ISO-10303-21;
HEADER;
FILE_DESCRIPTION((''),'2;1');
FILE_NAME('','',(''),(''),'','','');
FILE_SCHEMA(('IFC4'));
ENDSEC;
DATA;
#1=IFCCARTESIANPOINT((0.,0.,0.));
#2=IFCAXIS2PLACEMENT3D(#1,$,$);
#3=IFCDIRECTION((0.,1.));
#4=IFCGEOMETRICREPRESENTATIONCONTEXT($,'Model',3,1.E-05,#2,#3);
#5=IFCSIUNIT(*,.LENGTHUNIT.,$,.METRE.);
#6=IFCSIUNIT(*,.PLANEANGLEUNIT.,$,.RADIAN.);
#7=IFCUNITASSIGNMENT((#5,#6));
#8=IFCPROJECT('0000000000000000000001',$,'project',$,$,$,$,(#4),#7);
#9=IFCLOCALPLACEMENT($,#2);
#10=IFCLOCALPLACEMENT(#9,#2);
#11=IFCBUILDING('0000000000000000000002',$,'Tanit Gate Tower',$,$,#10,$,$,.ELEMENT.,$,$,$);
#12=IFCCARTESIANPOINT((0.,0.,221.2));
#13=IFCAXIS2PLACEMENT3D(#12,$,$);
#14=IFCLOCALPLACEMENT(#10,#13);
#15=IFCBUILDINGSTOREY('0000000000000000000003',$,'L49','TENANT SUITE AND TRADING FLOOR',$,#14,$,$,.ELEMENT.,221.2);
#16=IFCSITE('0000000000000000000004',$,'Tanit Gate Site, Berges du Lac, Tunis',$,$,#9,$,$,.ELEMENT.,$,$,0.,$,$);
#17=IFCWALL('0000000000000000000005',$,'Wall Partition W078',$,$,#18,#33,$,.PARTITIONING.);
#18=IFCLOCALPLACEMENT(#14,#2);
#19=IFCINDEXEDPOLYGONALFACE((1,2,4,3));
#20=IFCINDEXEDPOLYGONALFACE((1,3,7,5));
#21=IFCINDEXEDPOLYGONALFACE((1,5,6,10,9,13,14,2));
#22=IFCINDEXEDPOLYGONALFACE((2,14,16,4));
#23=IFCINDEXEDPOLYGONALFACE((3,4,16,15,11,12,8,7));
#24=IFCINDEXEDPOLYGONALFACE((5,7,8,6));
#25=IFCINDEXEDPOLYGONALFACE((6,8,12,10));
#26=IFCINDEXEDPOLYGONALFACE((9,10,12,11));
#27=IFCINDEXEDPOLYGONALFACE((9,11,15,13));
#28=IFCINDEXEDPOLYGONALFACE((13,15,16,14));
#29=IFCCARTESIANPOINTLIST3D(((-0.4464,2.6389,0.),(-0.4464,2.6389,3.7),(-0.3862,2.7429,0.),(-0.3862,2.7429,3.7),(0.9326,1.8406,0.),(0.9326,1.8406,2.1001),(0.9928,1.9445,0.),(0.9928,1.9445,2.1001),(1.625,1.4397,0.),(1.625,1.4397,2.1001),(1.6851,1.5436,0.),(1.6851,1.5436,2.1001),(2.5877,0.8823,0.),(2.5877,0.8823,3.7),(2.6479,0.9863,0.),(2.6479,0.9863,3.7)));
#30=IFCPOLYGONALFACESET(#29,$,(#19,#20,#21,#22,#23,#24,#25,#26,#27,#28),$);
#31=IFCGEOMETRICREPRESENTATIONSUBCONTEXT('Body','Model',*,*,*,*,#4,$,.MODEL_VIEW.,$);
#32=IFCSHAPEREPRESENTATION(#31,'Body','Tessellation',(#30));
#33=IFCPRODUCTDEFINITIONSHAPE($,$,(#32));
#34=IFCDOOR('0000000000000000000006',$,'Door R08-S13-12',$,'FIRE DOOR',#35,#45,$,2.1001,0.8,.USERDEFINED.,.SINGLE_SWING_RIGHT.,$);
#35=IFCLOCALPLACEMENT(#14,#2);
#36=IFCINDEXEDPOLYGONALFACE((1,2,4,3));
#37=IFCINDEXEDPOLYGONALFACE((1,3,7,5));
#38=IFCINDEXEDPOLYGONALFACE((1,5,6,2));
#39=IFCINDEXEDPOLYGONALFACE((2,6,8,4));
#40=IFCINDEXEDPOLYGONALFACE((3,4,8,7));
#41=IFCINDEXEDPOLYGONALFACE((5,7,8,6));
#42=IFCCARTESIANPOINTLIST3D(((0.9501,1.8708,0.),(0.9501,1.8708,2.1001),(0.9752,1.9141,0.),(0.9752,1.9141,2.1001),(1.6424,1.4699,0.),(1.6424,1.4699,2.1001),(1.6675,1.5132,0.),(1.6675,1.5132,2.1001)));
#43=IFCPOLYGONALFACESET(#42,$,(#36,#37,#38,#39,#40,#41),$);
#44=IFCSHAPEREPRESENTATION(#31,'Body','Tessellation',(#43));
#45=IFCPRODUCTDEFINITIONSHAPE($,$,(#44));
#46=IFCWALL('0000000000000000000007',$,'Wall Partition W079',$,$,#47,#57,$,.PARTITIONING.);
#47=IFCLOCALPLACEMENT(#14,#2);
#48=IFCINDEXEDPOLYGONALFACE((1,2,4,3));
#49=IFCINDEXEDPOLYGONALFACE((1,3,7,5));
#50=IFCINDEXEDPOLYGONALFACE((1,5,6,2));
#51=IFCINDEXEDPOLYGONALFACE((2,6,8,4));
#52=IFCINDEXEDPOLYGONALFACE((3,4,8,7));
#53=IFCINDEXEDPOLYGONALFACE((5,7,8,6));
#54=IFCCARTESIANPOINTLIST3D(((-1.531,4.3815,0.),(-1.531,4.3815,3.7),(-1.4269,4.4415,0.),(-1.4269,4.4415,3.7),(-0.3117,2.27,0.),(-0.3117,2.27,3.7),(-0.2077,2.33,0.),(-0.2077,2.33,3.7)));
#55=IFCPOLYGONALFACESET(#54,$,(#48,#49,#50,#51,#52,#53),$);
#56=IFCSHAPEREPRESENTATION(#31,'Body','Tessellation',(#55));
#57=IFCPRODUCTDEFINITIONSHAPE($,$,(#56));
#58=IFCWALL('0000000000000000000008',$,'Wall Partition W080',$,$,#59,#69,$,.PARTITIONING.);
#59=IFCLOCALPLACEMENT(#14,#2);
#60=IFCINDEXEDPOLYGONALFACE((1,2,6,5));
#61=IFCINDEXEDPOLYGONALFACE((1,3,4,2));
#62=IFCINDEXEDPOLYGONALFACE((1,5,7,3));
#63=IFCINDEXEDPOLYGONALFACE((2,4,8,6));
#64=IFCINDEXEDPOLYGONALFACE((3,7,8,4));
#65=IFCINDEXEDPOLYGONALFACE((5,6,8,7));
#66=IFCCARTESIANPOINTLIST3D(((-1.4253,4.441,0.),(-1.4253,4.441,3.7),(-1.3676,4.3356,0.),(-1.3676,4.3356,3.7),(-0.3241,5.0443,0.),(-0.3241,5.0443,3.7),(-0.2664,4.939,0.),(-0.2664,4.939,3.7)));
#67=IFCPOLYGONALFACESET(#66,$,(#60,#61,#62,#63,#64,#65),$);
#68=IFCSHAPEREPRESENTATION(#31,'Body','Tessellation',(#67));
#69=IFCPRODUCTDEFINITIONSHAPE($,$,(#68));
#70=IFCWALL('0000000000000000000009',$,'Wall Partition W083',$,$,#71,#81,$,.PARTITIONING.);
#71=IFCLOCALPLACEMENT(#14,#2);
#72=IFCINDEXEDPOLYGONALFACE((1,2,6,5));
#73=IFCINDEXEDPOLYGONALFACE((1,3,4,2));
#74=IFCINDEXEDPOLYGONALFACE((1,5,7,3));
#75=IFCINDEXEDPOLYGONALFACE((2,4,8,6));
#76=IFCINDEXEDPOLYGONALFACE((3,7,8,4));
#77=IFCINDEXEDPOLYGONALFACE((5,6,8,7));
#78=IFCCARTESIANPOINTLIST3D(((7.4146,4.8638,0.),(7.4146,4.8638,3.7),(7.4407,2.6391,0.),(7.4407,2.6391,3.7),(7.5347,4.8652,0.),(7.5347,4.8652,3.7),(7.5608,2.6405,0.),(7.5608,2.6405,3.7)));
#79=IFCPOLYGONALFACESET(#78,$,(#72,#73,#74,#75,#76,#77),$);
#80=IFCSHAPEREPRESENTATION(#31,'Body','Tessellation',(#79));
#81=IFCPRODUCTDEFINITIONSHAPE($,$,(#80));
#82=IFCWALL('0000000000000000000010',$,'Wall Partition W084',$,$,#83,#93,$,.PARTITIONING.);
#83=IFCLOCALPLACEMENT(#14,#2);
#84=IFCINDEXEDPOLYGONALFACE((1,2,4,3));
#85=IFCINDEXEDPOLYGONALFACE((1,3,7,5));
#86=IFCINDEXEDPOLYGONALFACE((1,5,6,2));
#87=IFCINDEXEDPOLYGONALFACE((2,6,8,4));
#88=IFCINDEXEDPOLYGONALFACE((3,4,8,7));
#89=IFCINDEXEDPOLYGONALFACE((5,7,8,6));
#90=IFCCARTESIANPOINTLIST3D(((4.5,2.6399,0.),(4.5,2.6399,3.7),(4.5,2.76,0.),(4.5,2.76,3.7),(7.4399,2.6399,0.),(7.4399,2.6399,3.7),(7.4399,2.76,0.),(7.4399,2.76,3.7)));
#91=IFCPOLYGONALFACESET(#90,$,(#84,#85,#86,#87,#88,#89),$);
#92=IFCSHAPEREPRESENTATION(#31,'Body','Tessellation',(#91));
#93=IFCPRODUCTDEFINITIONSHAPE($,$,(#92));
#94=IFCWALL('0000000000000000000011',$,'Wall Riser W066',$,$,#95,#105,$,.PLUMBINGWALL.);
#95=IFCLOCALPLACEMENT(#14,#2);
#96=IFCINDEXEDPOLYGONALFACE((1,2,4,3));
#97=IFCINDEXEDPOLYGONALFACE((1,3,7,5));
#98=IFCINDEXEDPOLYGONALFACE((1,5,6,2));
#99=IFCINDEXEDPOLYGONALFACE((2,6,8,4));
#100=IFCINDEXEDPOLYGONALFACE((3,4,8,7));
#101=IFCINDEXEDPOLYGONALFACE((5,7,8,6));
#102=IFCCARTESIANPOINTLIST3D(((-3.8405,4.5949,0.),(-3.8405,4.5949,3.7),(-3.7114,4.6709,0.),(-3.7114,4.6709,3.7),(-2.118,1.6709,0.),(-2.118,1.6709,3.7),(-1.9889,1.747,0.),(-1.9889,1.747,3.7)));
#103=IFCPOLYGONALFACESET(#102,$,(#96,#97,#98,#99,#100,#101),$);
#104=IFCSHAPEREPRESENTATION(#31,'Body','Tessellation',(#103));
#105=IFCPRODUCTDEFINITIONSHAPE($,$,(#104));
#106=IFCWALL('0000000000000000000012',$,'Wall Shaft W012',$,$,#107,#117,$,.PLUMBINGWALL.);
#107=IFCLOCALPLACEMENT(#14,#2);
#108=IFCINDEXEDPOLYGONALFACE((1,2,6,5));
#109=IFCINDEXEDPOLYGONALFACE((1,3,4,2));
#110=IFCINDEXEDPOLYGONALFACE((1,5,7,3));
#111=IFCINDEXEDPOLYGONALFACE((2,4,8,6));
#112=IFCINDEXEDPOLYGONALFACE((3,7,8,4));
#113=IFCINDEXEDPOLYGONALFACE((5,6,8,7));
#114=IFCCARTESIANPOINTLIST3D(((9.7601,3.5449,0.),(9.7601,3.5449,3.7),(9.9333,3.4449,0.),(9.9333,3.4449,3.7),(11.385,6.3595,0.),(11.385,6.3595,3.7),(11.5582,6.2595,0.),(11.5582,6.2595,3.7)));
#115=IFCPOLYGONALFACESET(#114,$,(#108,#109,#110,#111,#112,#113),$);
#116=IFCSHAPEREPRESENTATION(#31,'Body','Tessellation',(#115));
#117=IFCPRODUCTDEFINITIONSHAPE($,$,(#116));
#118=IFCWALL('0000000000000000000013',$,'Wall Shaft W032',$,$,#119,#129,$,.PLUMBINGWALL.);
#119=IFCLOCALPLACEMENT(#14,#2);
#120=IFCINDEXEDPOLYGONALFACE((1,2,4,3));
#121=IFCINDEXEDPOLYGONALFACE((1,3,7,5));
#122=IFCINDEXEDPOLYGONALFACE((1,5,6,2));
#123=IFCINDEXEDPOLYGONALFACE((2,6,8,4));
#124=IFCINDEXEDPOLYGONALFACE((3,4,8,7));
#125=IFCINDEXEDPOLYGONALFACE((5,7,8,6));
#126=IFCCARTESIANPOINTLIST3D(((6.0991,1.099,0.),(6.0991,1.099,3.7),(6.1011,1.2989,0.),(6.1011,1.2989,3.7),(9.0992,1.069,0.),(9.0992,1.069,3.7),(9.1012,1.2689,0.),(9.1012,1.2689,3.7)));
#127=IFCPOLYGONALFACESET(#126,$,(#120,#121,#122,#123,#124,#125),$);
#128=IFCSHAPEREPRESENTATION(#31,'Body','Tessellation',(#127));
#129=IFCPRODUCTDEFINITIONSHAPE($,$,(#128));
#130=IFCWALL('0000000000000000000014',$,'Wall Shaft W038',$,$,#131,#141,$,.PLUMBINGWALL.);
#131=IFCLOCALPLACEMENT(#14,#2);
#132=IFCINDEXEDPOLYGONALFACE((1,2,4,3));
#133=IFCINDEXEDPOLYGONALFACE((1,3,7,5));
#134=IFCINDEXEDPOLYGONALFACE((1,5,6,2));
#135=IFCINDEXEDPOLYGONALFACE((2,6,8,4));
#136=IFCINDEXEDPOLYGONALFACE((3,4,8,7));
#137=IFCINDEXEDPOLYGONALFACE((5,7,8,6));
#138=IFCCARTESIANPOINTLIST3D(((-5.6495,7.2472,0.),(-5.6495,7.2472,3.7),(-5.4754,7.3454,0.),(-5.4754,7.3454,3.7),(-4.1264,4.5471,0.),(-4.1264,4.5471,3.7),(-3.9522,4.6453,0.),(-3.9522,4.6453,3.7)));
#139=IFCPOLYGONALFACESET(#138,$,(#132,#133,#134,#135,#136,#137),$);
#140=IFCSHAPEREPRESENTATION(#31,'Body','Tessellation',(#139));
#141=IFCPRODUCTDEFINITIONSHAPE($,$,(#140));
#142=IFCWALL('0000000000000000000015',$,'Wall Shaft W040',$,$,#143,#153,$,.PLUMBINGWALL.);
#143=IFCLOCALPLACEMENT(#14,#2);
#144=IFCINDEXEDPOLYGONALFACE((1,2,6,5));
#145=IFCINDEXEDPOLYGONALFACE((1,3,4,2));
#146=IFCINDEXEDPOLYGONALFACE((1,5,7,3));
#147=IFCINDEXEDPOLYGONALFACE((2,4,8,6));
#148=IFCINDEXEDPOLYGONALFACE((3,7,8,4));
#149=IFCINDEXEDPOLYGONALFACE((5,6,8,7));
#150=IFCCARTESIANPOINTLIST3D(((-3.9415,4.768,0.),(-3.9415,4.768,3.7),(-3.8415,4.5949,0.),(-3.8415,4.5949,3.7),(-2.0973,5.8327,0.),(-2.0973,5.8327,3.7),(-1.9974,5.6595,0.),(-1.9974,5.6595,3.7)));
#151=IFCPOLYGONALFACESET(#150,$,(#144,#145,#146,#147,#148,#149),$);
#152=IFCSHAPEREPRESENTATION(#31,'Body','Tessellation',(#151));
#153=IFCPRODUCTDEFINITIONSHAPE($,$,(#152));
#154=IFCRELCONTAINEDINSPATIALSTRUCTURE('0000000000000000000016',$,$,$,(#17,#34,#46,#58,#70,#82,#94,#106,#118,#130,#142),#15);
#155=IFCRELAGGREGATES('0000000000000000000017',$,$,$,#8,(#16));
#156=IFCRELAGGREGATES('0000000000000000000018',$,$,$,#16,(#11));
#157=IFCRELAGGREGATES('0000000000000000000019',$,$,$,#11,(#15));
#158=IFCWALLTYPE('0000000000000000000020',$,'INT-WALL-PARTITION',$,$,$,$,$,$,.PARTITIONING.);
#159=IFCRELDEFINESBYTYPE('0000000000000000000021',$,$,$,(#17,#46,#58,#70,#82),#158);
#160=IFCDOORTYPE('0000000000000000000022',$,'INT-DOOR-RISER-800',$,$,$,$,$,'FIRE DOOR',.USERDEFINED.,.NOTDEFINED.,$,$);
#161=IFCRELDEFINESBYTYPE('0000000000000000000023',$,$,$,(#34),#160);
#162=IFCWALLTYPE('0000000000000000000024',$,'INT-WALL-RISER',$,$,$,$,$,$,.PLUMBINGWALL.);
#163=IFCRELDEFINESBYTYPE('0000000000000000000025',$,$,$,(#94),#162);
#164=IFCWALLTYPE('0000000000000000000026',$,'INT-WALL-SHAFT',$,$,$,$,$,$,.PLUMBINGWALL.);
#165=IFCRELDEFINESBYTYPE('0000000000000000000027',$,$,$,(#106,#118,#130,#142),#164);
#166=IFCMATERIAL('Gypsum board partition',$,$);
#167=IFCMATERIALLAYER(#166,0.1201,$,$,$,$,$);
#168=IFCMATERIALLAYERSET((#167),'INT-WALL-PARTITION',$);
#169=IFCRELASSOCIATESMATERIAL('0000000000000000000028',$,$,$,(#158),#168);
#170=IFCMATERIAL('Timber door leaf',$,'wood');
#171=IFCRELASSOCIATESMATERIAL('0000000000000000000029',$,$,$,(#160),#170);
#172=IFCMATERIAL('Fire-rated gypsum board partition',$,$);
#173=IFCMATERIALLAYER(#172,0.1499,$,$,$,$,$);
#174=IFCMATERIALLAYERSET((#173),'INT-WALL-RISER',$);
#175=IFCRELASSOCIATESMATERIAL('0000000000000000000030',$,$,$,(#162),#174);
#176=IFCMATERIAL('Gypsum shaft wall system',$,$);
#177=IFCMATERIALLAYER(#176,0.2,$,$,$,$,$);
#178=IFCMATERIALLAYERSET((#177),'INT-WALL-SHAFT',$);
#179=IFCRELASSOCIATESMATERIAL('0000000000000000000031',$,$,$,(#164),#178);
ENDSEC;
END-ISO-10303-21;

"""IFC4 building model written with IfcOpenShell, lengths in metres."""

from ifc_helpers import new_model, si_unit, direction, frame, frame_2d, origin, place, context, subcontext, project, spatial, rectangle, extrude, material, layer, layer_set, type_object, element, fill, save


model = new_model("IFC4")

# Units and contexts
model_context = context("Model", 3, precision=1e-05, world=origin(), true_north=direction((0.0, 1.0)))
body_context = subcontext(model_context, "Body", "Model", "MODEL_VIEW")
ifc_project = project(units=[si_unit("LENGTHUNIT", "METRE"), si_unit("PLANEANGLEUNIT", "RADIAN")], contexts=[model_context])

# Site, building, storey
site_placement = place(None, origin())
site = spatial("IfcSite", under=ifc_project, at=site_placement, Name="Tanit Gate Site, Berges du Lac, Tunis", CompositionType="ELEMENT", RefElevation=0.0)
building_placement = place(site_placement, origin())
building = spatial("IfcBuilding", under=site, at=building_placement, Name="Tanit Gate Tower", CompositionType="ELEMENT")
storey_placement = place(building_placement, frame((0.0, 0.0, 221.2)))
storey = spatial("IfcBuildingStorey", under=building, at=storey_placement, Name="L49", Description="TENANT SUITE AND TRADING FLOOR", CompositionType="ELEMENT", Elevation=221.2)

# Shared definitions
ifc_material_1 = material(Name="Gypsum board partition")
ifc_layer_1 = layer(ifc_material_1, 0.1201)
ifc_layer_set_1 = layer_set([ifc_layer_1], Name="INT-WALL-PARTITION")
wall_type_1 = type_object("IfcWallType", Name="INT-WALL-PARTITION", PredefinedType="PARTITIONING", material=ifc_layer_set_1)

# Shared definitions
ifc_material_2 = material(Name="Timber door leaf", Category="wood")
door_type_1 = type_object("IfcDoorType", Name="INT-DOOR-RISER-800", ElementType="FIRE DOOR", OperationType="NOTDEFINED", PredefinedType="USERDEFINED", material=ifc_material_2)

# Wall, opening, door
wall_1_placement = place(storey_placement, frame((-0.4163, 2.6909, 0.0), z_axis=(0.0, 0.0, 1.0), x_axis=(0.865414, -0.501058, 0.0)))
wall_1 = element("IfcWall", 1, at=wall_1_placement, inside=storey, type_object=wall_type_1, Name="Wall Partition W078", PredefinedType="PARTITIONING", context=body_context, shape_type="SweptSolid", body=[
    extrude(rectangle(XDim=3.5059, YDim=0.1201, at=frame_2d((1.7529, 0.0))), origin(), (0.0, 0.0, 1.0), 3.7),
])
opening_1_placement = place(wall_1_placement, frame((1.5935, 0.0, 0.0)))
opening_1 = element("IfcOpeningElement", 2, at=opening_1_placement, cuts=wall_1, PredefinedType="OPENING", context=body_context, shape_type="SweptSolid", body=[
    extrude(rectangle(XDim=0.8, YDim=2.1001, at=frame_2d((0.3999, 1.05))), frame((0.0, 0.0701, 0.0), z_axis=(0.0, -1.0, 0.0), x_axis=(1.0, 0.0, 0.0)), (0.0, 0.0, 1.0), 0.1401),
])
door_1_placement = place(opening_1_placement, origin())
door_1 = element("IfcDoor", 3, at=door_1_placement, inside=storey, type_object=door_type_1, Name="Door R08-S13-12", ObjectType="FIRE DOOR", OperationType="SINGLE_SWING_RIGHT", OverallHeight=2.1001, OverallWidth=0.8, PredefinedType="USERDEFINED", context=body_context, shape_type="SweptSolid", body=[
    extrude(rectangle(XDim=0.8, YDim=2.1001, at=frame_2d((0.3999, 1.05))), frame((0.0, 0.0249, 0.0), z_axis=(0.0, -1.0, 0.0), x_axis=(1.0, 0.0, 0.0)), (0.0, 0.0, 1.0), 0.05),
])
fill(opening_1, door_1)

# Walls
wall_2_placement = place(storey_placement, frame((-1.479, 4.4116, 0.0), z_axis=(0.0, 0.0, 1.0), x_axis=(0.500037, -0.866004, 0.0)))
element("IfcWall", 4, at=wall_2_placement, inside=storey, type_object=wall_type_1, Name="Wall Partition W079", PredefinedType="PARTITIONING", context=body_context, shape_type="SweptSolid", body=[
    extrude(rectangle(XDim=2.4382, YDim=0.1201, at=frame_2d((1.2192, 0.0))), origin(), (0.0, 0.0, 1.0), 3.7),
])
wall_3_placement = place(storey_placement, frame((-0.2952, 4.9917, 0.0), z_axis=(0.0, 0.0, 1.0), x_axis=(-0.876995, -0.4805, 0.0)))
element("IfcWall", 5, at=wall_3_placement, inside=storey, type_object=wall_type_1, Name="Wall Partition W080", PredefinedType="PARTITIONING", context=body_context, shape_type="SweptSolid", body=[
    extrude(rectangle(XDim=1.2556, YDim=0.1201, at=frame_2d((0.6279, 0.0))), origin(), (0.0, 0.0, 1.0), 3.7),
])
wall_4_placement = place(storey_placement, frame((7.5007, 2.6399, 0.0), z_axis=(0.0, 0.0, 1.0), x_axis=(-0.011742, 0.999931, 0.0)))
element("IfcWall", 6, at=wall_4_placement, inside=storey, type_object=wall_type_1, Name="Wall Partition W083", PredefinedType="PARTITIONING", context=body_context, shape_type="SweptSolid", body=[
    extrude(rectangle(XDim=2.2249, YDim=0.1201, at=frame_2d((1.1123, 0.0))), origin(), (0.0, 0.0, 1.0), 3.7),
])
wall_5_placement = place(storey_placement, frame((4.5, 2.7, 0.0), z_axis=(0.0, 0.0, 1.0), x_axis=(1.0, 0.0, 0.0)))
element("IfcWall", 7, at=wall_5_placement, inside=storey, type_object=wall_type_1, Name="Wall Partition W084", PredefinedType="PARTITIONING", context=body_context, shape_type="SweptSolid", body=[
    extrude(rectangle(XDim=2.9399, YDim=0.1201, at=frame_2d((1.47, 0.0))), origin(), (0.0, 0.0, 1.0), 3.7),
])
ifc_material_3 = material(Name="Fire-rated gypsum board partition")
ifc_layer_2 = layer(ifc_material_3, 0.1499)
ifc_layer_set_2 = layer_set([ifc_layer_2], Name="INT-WALL-RISER")
wall_type_2 = type_object("IfcWallType", Name="INT-WALL-RISER", PredefinedType="PLUMBINGWALL", material=ifc_layer_set_2)
wall_6_placement = place(storey_placement, frame((-2.0535, 1.709, 0.0), z_axis=(0.0, 0.0, 1.0), x_axis=(-0.50757, 0.86161, 0.0)))
element("IfcWall", 8, at=wall_6_placement, inside=storey, type_object=wall_type_2, Name="Wall Riser W066", PredefinedType="PLUMBINGWALL", context=body_context, shape_type="SweptSolid", body=[
    extrude(rectangle(XDim=3.3936, YDim=0.1499, at=frame_2d((1.6968, 0.0))), origin(), (0.0, 0.0, 1.0), 3.7),
])
ifc_material_4 = material(Name="Gypsum shaft wall system")
ifc_layer_3 = layer(ifc_material_4, 0.2)
ifc_layer_set_3 = layer_set([ifc_layer_3], Name="INT-WALL-SHAFT")
wall_type_3 = type_object("IfcWallType", Name="INT-WALL-SHAFT", PredefinedType="PLUMBINGWALL", material=ifc_layer_set_3)
wall_7_placement = place(storey_placement, frame((9.8467, 3.4949, 0.0), z_axis=(0.0, 0.0, 1.0), x_axis=(0.499985, 0.866034, 0.0)))
element("IfcWall", 9, at=wall_7_placement, inside=storey, type_object=wall_type_3, Name="Wall Shaft W012", PredefinedType="PLUMBINGWALL", context=body_context, shape_type="SweptSolid", body=[
    extrude(rectangle(XDim=3.25, YDim=0.2, at=frame_2d((1.625, 0.0))), origin(), (0.0, 0.0, 1.0), 3.7),
])

# Walls
wall_8_placement = place(storey_placement, frame((9.1001, 1.1689, 0.0), z_axis=(0.0, 0.0, 1.0), x_axis=(-0.99995, 0.010009, 0.0)))
element("IfcWall", 10, at=wall_8_placement, inside=storey, type_object=wall_type_3, Name="Wall Shaft W032", PredefinedType="PLUMBINGWALL", context=body_context, shape_type="SweptSolid", body=[
    extrude(rectangle(XDim=3.0002, YDim=0.2, at=frame_2d((1.5, 0.0))), origin(), (0.0, 0.0, 1.0), 3.7),
])
wall_9_placement = place(storey_placement, frame((-4.0393, 4.5962, 0.0), z_axis=(0.0, 0.0, 1.0), x_axis=(-0.491323, 0.870978, 0.0)))
element("IfcWall", 11, at=wall_9_placement, inside=storey, type_object=wall_type_3, Name="Wall Shaft W038", PredefinedType="PLUMBINGWALL", context=body_context, shape_type="SweptSolid", body=[
    extrude(rectangle(XDim=3.1001, YDim=0.2, at=frame_2d((1.55, 0.0))), origin(), (0.0, 0.0, 1.0), 3.7),
])
wall_10_placement = place(storey_placement, frame((-2.0474, 5.7461, 0.0), z_axis=(0.0, 0.0, 1.0), x_axis=(-0.86604, -0.499974, 0.0)))
element("IfcWall", 12, at=wall_10_placement, inside=storey, type_object=wall_type_3, Name="Wall Shaft W040", PredefinedType="PLUMBINGWALL", context=body_context, shape_type="SweptSolid", body=[
    extrude(rectangle(XDim=2.1294, YDim=0.2, at=frame_2d((1.0647, 0.0))), origin(), (0.0, 0.0, 1.0), 3.7),
])

save(model, "model.ifc")
